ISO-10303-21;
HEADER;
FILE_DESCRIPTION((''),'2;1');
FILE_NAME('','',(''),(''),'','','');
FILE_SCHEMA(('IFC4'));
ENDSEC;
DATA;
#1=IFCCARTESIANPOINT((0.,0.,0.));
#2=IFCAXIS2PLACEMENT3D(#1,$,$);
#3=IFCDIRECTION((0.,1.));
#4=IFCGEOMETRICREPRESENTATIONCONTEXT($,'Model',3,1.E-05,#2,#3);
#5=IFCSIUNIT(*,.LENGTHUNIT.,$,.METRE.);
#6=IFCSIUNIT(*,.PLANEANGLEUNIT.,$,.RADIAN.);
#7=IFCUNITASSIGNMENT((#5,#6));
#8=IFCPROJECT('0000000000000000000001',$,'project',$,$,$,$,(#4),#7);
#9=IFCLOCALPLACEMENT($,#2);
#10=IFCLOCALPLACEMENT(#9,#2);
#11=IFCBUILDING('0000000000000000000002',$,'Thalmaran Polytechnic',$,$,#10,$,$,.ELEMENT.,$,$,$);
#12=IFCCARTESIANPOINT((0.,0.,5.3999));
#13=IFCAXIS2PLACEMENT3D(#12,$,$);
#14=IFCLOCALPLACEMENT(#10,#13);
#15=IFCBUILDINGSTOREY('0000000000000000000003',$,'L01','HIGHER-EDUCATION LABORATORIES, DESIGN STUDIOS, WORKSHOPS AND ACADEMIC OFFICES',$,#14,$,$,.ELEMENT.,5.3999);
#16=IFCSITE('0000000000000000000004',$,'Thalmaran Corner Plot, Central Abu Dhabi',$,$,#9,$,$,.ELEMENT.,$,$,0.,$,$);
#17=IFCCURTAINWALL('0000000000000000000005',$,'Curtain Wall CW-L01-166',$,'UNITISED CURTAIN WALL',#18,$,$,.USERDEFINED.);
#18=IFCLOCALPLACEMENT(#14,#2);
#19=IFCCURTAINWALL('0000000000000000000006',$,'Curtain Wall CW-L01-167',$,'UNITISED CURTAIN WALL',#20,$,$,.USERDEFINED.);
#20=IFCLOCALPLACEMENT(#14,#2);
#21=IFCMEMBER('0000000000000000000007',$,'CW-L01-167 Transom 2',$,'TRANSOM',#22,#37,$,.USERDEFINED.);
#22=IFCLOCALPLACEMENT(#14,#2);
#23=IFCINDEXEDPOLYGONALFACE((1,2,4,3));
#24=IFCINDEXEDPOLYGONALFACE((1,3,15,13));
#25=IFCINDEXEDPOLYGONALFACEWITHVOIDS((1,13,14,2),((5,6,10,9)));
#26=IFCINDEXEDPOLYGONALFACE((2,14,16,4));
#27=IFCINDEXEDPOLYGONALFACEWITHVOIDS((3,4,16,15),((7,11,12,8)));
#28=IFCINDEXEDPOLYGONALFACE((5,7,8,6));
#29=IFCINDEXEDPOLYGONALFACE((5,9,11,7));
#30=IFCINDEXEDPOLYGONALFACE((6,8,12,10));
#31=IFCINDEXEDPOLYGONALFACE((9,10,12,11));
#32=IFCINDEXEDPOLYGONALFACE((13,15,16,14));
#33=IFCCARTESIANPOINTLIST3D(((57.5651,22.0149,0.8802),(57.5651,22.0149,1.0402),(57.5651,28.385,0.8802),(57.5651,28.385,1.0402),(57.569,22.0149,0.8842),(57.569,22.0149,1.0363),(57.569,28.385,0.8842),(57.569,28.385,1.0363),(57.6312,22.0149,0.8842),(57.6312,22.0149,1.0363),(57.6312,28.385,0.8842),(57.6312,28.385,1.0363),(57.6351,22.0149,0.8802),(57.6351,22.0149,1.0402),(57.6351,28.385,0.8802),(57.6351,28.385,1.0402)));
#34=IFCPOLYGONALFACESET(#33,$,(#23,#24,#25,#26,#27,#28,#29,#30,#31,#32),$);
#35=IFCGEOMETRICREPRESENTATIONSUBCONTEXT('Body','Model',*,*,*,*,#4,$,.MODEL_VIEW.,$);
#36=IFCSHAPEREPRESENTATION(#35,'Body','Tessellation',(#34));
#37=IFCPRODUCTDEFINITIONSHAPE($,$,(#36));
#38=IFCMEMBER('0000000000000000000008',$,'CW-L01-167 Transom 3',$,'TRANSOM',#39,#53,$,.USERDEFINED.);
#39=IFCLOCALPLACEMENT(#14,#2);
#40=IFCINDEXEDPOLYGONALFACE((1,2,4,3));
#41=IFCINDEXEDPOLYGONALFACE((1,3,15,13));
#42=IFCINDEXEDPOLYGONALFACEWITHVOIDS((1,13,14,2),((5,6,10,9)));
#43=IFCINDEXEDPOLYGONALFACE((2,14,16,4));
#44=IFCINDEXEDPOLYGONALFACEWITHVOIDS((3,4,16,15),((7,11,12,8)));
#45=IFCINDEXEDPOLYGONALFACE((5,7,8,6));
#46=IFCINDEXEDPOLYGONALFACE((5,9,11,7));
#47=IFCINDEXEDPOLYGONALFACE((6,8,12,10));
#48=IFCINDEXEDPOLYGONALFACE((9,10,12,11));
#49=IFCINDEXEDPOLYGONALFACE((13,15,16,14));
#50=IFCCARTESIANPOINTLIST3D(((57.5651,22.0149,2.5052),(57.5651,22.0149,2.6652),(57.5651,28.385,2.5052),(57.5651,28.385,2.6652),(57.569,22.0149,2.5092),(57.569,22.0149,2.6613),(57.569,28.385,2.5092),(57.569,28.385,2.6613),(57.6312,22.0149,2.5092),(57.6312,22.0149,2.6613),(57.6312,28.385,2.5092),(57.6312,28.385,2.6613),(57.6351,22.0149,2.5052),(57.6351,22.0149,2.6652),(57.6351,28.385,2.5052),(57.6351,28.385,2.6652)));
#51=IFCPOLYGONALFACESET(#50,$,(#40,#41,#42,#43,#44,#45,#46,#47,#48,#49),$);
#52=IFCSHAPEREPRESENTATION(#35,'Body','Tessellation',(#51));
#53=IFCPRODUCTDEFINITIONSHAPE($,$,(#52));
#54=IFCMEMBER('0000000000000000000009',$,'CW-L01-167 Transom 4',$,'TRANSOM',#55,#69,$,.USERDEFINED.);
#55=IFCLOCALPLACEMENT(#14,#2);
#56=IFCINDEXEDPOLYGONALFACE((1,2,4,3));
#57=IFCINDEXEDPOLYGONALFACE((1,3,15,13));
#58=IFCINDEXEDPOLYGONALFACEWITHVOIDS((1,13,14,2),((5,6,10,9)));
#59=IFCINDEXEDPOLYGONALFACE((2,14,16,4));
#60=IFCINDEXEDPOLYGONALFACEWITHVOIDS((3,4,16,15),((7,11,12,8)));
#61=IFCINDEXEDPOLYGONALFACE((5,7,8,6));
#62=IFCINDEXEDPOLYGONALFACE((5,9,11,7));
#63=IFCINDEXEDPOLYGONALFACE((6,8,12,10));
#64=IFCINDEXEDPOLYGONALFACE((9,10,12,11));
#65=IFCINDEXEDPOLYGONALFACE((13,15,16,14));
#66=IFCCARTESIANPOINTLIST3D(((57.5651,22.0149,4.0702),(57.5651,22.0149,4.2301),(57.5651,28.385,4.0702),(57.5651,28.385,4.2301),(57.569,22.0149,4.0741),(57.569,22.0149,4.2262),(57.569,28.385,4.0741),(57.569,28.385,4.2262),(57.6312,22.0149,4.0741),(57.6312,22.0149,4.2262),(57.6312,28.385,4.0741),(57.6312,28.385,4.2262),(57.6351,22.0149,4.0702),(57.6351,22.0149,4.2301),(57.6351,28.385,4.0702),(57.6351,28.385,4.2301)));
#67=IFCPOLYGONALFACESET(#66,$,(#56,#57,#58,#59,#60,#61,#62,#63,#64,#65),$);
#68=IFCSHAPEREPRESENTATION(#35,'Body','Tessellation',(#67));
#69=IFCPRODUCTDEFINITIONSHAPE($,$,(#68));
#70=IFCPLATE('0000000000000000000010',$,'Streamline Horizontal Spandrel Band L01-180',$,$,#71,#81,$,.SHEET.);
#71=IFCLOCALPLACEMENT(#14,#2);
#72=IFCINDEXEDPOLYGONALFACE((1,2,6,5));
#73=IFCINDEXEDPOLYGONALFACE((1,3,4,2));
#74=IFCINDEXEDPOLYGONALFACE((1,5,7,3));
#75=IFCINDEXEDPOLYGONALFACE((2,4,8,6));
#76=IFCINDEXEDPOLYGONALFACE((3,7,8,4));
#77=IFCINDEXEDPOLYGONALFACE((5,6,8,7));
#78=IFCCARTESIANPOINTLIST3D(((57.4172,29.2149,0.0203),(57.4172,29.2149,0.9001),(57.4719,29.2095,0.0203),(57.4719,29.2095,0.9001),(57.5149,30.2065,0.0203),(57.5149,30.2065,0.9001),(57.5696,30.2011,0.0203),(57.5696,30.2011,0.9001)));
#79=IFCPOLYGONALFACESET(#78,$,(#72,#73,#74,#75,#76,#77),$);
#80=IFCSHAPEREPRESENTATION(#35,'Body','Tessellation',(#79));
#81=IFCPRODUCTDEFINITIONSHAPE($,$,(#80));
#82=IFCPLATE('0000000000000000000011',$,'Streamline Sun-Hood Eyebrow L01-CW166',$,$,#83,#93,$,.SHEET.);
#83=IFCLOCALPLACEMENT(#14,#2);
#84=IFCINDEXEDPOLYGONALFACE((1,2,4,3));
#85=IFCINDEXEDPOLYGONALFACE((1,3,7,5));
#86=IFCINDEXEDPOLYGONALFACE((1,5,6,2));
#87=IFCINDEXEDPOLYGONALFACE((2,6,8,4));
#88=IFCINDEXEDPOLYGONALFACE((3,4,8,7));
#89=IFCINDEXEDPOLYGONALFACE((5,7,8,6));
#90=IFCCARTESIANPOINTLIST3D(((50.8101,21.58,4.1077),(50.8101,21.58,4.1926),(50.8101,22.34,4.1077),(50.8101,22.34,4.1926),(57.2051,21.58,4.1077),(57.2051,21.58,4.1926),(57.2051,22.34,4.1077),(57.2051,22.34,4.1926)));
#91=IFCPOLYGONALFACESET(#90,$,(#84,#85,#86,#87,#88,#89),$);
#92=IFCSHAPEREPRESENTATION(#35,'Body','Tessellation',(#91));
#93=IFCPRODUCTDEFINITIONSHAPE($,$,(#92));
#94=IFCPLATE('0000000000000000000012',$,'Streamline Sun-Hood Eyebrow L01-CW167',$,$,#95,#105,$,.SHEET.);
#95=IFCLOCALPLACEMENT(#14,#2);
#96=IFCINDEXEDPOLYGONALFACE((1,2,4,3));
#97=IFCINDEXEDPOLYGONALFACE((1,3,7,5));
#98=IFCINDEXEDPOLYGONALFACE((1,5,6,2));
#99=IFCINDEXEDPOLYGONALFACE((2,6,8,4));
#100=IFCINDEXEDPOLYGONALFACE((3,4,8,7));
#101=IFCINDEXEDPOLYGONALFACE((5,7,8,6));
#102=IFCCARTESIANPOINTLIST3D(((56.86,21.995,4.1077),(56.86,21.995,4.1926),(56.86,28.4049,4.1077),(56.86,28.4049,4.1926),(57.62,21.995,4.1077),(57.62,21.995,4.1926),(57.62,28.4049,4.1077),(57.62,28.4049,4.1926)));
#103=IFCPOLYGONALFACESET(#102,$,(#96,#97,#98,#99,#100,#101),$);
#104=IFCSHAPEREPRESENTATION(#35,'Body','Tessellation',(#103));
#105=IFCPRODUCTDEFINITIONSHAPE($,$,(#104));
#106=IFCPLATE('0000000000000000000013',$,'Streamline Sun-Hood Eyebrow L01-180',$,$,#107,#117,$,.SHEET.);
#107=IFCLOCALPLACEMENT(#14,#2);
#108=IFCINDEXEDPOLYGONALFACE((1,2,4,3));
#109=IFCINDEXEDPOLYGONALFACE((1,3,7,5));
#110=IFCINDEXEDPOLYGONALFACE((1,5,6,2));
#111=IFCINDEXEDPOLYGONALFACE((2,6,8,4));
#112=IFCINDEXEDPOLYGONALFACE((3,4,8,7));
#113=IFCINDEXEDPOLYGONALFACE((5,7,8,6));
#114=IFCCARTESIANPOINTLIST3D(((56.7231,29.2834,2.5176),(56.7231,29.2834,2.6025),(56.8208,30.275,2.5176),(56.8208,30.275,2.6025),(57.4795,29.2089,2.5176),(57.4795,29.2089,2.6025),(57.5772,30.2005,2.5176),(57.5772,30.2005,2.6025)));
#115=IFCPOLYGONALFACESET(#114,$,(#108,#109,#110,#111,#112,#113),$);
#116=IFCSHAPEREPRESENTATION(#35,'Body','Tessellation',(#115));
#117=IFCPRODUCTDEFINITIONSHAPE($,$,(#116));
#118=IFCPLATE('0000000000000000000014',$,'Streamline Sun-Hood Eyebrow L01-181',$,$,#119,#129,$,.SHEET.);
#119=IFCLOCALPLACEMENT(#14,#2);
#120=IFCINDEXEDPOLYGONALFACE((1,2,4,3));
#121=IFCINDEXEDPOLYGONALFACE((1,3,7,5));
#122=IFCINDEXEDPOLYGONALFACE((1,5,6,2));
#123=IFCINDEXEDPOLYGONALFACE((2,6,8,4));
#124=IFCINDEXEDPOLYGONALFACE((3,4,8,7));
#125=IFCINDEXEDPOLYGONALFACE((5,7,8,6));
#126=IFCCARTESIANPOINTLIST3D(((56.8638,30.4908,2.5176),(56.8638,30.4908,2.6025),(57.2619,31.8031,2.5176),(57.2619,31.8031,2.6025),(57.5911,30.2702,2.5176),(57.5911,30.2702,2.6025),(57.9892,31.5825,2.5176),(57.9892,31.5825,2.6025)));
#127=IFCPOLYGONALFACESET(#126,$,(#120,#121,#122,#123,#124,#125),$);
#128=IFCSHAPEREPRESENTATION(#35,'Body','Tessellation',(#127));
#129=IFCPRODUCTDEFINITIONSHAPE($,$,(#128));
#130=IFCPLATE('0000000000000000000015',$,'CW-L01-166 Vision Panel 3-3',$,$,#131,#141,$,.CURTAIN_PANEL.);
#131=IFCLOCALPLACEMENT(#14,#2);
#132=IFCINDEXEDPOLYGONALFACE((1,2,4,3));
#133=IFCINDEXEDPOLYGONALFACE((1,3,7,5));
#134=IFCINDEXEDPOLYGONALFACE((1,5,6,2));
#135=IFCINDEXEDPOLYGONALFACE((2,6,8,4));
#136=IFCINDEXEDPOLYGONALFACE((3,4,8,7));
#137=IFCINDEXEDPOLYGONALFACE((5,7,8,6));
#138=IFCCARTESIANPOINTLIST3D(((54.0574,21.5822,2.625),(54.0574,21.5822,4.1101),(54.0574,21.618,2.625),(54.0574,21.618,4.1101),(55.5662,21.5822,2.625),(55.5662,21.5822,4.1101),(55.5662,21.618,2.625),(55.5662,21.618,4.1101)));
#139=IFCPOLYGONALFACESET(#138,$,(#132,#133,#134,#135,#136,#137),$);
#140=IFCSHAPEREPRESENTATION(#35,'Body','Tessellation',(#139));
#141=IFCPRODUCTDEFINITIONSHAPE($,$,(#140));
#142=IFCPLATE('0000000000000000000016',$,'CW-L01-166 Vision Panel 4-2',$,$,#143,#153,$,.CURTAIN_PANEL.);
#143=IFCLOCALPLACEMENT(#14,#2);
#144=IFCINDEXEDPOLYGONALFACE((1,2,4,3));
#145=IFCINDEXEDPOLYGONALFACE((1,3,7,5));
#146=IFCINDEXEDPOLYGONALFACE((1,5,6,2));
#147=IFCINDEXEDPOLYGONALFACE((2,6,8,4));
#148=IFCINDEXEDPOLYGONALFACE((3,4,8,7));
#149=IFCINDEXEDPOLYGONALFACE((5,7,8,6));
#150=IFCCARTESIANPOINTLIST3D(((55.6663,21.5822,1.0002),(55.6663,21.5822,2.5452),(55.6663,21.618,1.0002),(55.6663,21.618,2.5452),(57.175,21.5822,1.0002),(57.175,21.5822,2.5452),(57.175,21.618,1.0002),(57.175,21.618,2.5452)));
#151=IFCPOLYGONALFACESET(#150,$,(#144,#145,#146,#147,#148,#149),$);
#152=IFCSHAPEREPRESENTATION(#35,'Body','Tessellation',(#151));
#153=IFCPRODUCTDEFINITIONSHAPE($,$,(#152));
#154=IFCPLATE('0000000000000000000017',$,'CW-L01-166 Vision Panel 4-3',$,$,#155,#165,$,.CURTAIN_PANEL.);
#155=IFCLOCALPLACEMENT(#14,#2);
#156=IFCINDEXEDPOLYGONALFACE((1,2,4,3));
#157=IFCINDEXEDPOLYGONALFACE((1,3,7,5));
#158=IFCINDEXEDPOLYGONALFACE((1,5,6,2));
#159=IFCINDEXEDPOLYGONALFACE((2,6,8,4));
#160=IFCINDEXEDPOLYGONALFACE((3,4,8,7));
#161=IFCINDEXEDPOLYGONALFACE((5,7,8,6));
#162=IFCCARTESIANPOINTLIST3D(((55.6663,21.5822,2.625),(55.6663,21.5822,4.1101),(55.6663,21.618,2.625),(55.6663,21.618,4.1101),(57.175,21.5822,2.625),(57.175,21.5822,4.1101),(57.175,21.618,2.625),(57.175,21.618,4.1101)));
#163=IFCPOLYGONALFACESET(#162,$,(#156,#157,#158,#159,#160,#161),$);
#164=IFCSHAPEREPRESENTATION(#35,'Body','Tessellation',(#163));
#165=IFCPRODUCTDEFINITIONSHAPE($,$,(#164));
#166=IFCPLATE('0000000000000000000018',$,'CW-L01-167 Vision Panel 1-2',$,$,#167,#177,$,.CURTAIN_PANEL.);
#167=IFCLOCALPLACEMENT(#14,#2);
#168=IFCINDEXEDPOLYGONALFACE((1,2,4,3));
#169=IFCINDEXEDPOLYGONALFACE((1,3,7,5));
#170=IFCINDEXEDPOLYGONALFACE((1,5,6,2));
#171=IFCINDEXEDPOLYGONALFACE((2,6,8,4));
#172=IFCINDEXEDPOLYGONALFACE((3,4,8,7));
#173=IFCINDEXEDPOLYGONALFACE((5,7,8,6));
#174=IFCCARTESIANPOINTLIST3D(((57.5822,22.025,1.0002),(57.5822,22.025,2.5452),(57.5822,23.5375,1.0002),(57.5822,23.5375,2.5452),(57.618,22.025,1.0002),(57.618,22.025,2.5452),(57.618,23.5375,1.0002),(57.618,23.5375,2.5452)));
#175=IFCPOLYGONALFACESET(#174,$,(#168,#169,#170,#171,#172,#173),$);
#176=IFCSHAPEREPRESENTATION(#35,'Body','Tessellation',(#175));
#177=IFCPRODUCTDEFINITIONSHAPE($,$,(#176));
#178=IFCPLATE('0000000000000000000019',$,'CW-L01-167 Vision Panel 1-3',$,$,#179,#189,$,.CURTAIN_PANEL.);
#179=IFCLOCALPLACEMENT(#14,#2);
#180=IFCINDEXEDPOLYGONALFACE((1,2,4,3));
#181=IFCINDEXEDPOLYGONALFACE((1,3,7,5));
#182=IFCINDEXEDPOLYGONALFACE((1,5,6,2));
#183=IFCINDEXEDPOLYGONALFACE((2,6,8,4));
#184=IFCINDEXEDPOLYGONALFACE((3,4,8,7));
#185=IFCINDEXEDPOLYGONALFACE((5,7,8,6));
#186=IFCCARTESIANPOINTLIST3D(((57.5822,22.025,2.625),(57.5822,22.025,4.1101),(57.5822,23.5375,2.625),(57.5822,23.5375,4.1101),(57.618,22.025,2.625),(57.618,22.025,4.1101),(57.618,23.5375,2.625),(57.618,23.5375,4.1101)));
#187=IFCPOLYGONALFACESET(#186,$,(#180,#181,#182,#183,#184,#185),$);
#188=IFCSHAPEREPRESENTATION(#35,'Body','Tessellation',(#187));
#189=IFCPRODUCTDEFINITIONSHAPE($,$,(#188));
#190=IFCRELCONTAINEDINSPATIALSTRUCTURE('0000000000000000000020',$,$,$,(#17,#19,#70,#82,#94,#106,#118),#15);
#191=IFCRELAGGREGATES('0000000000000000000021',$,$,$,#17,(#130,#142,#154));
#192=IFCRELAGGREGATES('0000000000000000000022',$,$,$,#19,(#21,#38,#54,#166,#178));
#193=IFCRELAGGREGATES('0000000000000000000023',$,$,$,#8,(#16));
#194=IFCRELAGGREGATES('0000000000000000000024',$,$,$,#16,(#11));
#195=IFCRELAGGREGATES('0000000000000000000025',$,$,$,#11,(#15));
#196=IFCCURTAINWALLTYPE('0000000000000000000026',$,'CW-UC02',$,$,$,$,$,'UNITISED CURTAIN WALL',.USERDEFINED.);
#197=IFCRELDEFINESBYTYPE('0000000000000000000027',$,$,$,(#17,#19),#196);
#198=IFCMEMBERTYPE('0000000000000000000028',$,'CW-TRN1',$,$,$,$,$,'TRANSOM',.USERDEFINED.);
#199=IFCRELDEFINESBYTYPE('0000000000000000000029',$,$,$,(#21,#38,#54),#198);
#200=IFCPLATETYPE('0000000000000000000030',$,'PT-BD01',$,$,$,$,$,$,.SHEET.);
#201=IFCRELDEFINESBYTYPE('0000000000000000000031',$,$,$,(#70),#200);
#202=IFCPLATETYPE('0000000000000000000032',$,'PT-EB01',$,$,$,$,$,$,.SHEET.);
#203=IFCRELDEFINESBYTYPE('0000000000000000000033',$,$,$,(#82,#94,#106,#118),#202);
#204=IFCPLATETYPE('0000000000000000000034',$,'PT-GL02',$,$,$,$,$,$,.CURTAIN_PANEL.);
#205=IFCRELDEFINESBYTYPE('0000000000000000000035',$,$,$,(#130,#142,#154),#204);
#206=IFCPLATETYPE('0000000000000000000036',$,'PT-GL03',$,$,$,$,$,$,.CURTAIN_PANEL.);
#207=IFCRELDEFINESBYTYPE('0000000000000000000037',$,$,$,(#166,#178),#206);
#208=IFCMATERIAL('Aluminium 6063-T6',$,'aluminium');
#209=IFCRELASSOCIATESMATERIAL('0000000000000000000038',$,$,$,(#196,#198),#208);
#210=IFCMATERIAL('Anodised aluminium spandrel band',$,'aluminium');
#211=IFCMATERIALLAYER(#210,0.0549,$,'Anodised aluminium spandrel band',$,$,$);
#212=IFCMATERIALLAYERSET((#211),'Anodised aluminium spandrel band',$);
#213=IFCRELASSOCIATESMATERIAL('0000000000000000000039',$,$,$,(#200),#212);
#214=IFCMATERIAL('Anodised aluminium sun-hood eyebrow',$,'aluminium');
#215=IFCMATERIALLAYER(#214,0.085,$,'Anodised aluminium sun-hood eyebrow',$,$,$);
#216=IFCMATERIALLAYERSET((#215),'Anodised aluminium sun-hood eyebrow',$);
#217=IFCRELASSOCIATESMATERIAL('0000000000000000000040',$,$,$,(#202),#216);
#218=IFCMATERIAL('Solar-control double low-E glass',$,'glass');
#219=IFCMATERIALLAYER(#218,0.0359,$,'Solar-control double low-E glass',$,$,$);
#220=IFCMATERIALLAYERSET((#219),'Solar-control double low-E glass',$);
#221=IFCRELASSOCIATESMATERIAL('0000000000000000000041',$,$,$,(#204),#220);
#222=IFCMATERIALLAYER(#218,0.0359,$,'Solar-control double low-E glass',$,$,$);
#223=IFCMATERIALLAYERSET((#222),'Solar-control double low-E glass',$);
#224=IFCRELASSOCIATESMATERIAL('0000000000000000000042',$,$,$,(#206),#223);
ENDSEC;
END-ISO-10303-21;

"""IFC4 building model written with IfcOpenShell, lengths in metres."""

from ifc_helpers import new_model, si_unit, direction, frame, origin, origin_2d, place, context, subcontext, project, spatial, rectangle, hollow_rectangle, extrude, material, layer, layer_set, material_profile, profile_set, type_object, element, aggregate, save


model = new_model("IFC4")

# Units and contexts
model_context = context("Model", 3, precision=1e-05, world=origin(), true_north=direction((0.0, 1.0)))
body_context = subcontext(model_context, "Body", "Model", "MODEL_VIEW")
ifc_project = project(units=[si_unit("LENGTHUNIT", "METRE"), si_unit("PLANEANGLEUNIT", "RADIAN")], contexts=[model_context])

# Site, building, storey
site_placement = place(None, origin())
site = spatial("IfcSite", under=ifc_project, at=site_placement, Name="Thalmaran Corner Plot, Central Abu Dhabi", CompositionType="ELEMENT", RefElevation=0.0)
building_placement = place(site_placement, origin())
building = spatial("IfcBuilding", under=site, at=building_placement, Name="Thalmaran Polytechnic", CompositionType="ELEMENT")
storey_placement = place(building_placement, frame((0.0, 0.0, 5.3999)))
storey = spatial("IfcBuildingStorey", under=building, at=storey_placement, Name="L01", Description="HIGHER-EDUCATION LABORATORIES, DESIGN STUDIOS, WORKSHOPS AND ACADEMIC OFFICES", CompositionType="ELEMENT", Elevation=5.3999)

# Curtain walls, members
ifc_material_1 = material(Name="Aluminium 6063-T6", Category="aluminium")
curtain_wall_type = type_object("IfcCurtainWallType", Name="CW-UC02", ElementType="UNITISED CURTAIN WALL", PredefinedType="USERDEFINED", material=ifc_material_1)
curtain_wall_1_placement = place(storey_placement, origin())
curtain_wall_1 = element("IfcCurtainWall", 1, at=curtain_wall_1_placement, inside=storey, type_object=curtain_wall_type, Name="Curtain Wall CW-L01-166", ObjectType="UNITISED CURTAIN WALL", PredefinedType="USERDEFINED")
curtain_wall_2_placement = place(storey_placement, origin())
curtain_wall_2 = element("IfcCurtainWall", 2, at=curtain_wall_2_placement, inside=storey, type_object=curtain_wall_type, Name="Curtain Wall CW-L01-167", ObjectType="UNITISED CURTAIN WALL", PredefinedType="USERDEFINED")
ifc_material_profile_1 = material_profile(ifc_material_1, hollow_rectangle(XDim=0.0701, YDim=0.1599, WallThickness=0.0039, at=origin_2d()), Name="AL 160x70x4.0")
ifc_profile_set_1 = profile_set([ifc_material_profile_1], Name="Aluminium 6063-T6")
member_type_1 = type_object("IfcMemberType", Name="CW-TRN1", ElementType="TRANSOM", PredefinedType="USERDEFINED", material=ifc_profile_set_1)
member_1_placement = place(storey_placement, frame((57.6001, 22.0149, 0.9602), z_axis=(0.0, 1.0, 0.0), x_axis=(-1.0, 0.0, 0.0)))
member_1 = element("IfcMember", 3, at=member_1_placement, type_object=member_type_1, Name="CW-L01-167 Transom 2", ObjectType="TRANSOM", PredefinedType="USERDEFINED", context=body_context, shape_type="SweptSolid", body=[
    extrude(hollow_rectangle(XDim=0.0701, YDim=0.1599, WallThickness=0.0039, at=origin_2d()), origin(), (0.0, 0.0, 1.0), 6.3701),
])
member_2_placement = place(storey_placement, frame((57.6001, 22.0149, 2.5852), z_axis=(0.0, 1.0, 0.0), x_axis=(-1.0, 0.0, 0.0)))
member_2 = element("IfcMember", 4, at=member_2_placement, type_object=member_type_1, Name="CW-L01-167 Transom 3", ObjectType="TRANSOM", PredefinedType="USERDEFINED", context=body_context, shape_type="SweptSolid", body=[
    extrude(hollow_rectangle(XDim=0.0701, YDim=0.1599, WallThickness=0.0039, at=origin_2d()), origin(), (0.0, 0.0, 1.0), 6.3701),
])
member_3_placement = place(storey_placement, frame((57.6001, 22.0149, 4.1501), z_axis=(0.0, 1.0, 0.0), x_axis=(-1.0, 0.0, 0.0)))
member_3 = element("IfcMember", 5, at=member_3_placement, type_object=member_type_1, Name="CW-L01-167 Transom 4", ObjectType="TRANSOM", PredefinedType="USERDEFINED", context=body_context, shape_type="SweptSolid", body=[
    extrude(hollow_rectangle(XDim=0.0701, YDim=0.1599, WallThickness=0.0039, at=origin_2d()), origin(), (0.0, 0.0, 1.0), 6.3701),
])

# Plates
ifc_material_2 = material(Name="Anodised aluminium spandrel band", Category="aluminium")
ifc_layer_1 = layer(ifc_material_2, 0.0549, Name="Anodised aluminium spandrel band")
ifc_layer_set_1 = layer_set([ifc_layer_1], Name="Anodised aluminium spandrel band")
plate_type_1 = type_object("IfcPlateType", Name="PT-BD01", PredefinedType="SHEET", material=ifc_layer_set_1)
plate_1_placement = place(storey_placement, frame((57.4934, 29.708, 0.0203), z_axis=(0.0, 0.0, 1.0), x_axis=(0.098017, 0.995185, 0.0)))
element("IfcPlate", 6, at=plate_1_placement, inside=storey, type_object=plate_type_1, Name="Streamline Horizontal Spandrel Band L01-180", PredefinedType="SHEET", context=body_context, shape_type="SweptSolid", body=[
    extrude(rectangle(XDim=0.9963, YDim=0.0549, at=origin_2d()), origin(), (0.0, 0.0, 1.0), 0.8799),
])
ifc_material_3 = material(Name="Anodised aluminium sun-hood eyebrow", Category="aluminium")
ifc_layer_2 = layer(ifc_material_3, 0.085, Name="Anodised aluminium sun-hood eyebrow")
ifc_layer_set_2 = layer_set([ifc_layer_2], Name="Anodised aluminium sun-hood eyebrow")
plate_type_2 = type_object("IfcPlateType", Name="PT-EB01", PredefinedType="SHEET", material=ifc_layer_set_2)
plate_2_placement = place(storey_placement, frame((54.0076, 21.96, 4.1077), z_axis=(0.0, 0.0, 1.0), x_axis=(1.0, 0.0, 0.0)))
element("IfcPlate", 7, at=plate_2_placement, inside=storey, type_object=plate_type_2, Name="Streamline Sun-Hood Eyebrow L01-CW166", PredefinedType="SHEET", context=body_context, shape_type="SweptSolid", body=[
    extrude(rectangle(XDim=6.395, YDim=0.76, at=origin_2d()), origin(), (0.0, 0.0, 1.0), 0.085),
])
plate_3_placement = place(storey_placement, frame((57.24, 25.2, 4.1077), z_axis=(0.0, 0.0, 1.0), x_axis=(0.0, 1.0, 0.0)))
element("IfcPlate", 8, at=plate_3_placement, inside=storey, type_object=plate_type_2, Name="Streamline Sun-Hood Eyebrow L01-CW167", PredefinedType="SHEET", context=body_context, shape_type="SweptSolid", body=[
    extrude(rectangle(XDim=6.4099, YDim=0.76, at=origin_2d()), origin(), (0.0, 0.0, 1.0), 0.085),
])
plate_4_placement = place(storey_placement, frame((57.1501, 29.7419, 2.5176), z_axis=(0.0, 0.0, 1.0), x_axis=(0.098017, 0.995185, 0.0)))
element("IfcPlate", 9, at=plate_4_placement, inside=storey, type_object=plate_type_2, Name="Streamline Sun-Hood Eyebrow L01-180", PredefinedType="SHEET", context=body_context, shape_type="SweptSolid", body=[
    extrude(rectangle(XDim=0.9963, YDim=0.76, at=origin_2d()), origin(), (0.0, 0.0, 1.0), 0.085),
])
plate_5_placement = place(storey_placement, frame((57.4265, 31.0366, 2.5176), z_axis=(0.0, 0.0, 1.0), x_axis=(0.290285, 0.95694, 0.0)))
element("IfcPlate", 10, at=plate_5_placement, inside=storey, type_object=plate_type_2, Name="Streamline Sun-Hood Eyebrow L01-181", PredefinedType="SHEET", context=body_context, shape_type="SweptSolid", body=[
    extrude(rectangle(XDim=1.3713, YDim=0.76, at=origin_2d()), origin(), (0.0, 0.0, 1.0), 0.085),
])

# Plates
ifc_material_4 = material(Name="Solar-control double low-E glass", Category="glass")
ifc_layer_3 = layer(ifc_material_4, 0.0359, Name="Solar-control double low-E glass")
ifc_layer_set_3 = layer_set([ifc_layer_3], Name="Solar-control double low-E glass")
plate_type_3 = type_object("IfcPlateType", Name="PT-GL02", PredefinedType="CURTAIN_PANEL", material=ifc_layer_set_3)
plate_6_placement = place(storey_placement, frame((54.8118, 21.6001, 2.625), z_axis=(0.0, 0.0, 1.0), x_axis=(1.0, 0.0, 0.0)))
plate_6 = element("IfcPlate", 11, at=plate_6_placement, type_object=plate_type_3, Name="CW-L01-166 Vision Panel 3-3", PredefinedType="CURTAIN_PANEL", context=body_context, shape_type="SweptSolid", body=[
    extrude(rectangle(XDim=1.5088, YDim=0.0359, at=origin_2d()), origin(), (0.0, 0.0, 1.0), 1.4851),
])
plate_7_placement = place(storey_placement, frame((56.4207, 21.6001, 1.0002), z_axis=(0.0, 0.0, 1.0), x_axis=(1.0, 0.0, 0.0)))
plate_7 = element("IfcPlate", 12, at=plate_7_placement, type_object=plate_type_3, Name="CW-L01-166 Vision Panel 4-2", PredefinedType="CURTAIN_PANEL", context=body_context, shape_type="SweptSolid", body=[
    extrude(rectangle(XDim=1.5088, YDim=0.0359, at=origin_2d()), origin(), (0.0, 0.0, 1.0), 1.5449),
])
plate_8_placement = place(storey_placement, frame((56.4207, 21.6001, 2.625), z_axis=(0.0, 0.0, 1.0), x_axis=(1.0, 0.0, 0.0)))
plate_8 = element("IfcPlate", 13, at=plate_8_placement, type_object=plate_type_3, Name="CW-L01-166 Vision Panel 4-3", PredefinedType="CURTAIN_PANEL", context=body_context, shape_type="SweptSolid", body=[
    extrude(rectangle(XDim=1.5088, YDim=0.0359, at=origin_2d()), origin(), (0.0, 0.0, 1.0), 1.4851),
])
ifc_layer_4 = layer(ifc_material_4, 0.0359, Name="Solar-control double low-E glass")
ifc_layer_set_4 = layer_set([ifc_layer_4], Name="Solar-control double low-E glass")
plate_type_4 = type_object("IfcPlateType", Name="PT-GL03", PredefinedType="CURTAIN_PANEL", material=ifc_layer_set_4)
plate_9_placement = place(storey_placement, frame((57.6001, 22.7812, 1.0002), z_axis=(0.0, 0.0, 1.0), x_axis=(0.0, 1.0, 0.0)))
plate_9 = element("IfcPlate", 14, at=plate_9_placement, type_object=plate_type_4, Name="CW-L01-167 Vision Panel 1-2", PredefinedType="CURTAIN_PANEL", context=body_context, shape_type="SweptSolid", body=[
    extrude(rectangle(XDim=1.5125, YDim=0.0359, at=origin_2d()), origin(), (0.0, 0.0, 1.0), 1.5449),
])
plate_10_placement = place(storey_placement, frame((57.6001, 22.7812, 2.625), z_axis=(0.0, 0.0, 1.0), x_axis=(0.0, 1.0, 0.0)))
plate_10 = element("IfcPlate", 15, at=plate_10_placement, type_object=plate_type_4, Name="CW-L01-167 Vision Panel 1-3", PredefinedType="CURTAIN_PANEL", context=body_context, shape_type="SweptSolid", body=[
    extrude(rectangle(XDim=1.5125, YDim=0.0359, at=origin_2d()), origin(), (0.0, 0.0, 1.0), 1.4851),
])
aggregate(curtain_wall_1, [plate_6, plate_7, plate_8])
aggregate(curtain_wall_2, [member_1, member_2, member_3, plate_9, plate_10])

save(model, "model.ifc")
